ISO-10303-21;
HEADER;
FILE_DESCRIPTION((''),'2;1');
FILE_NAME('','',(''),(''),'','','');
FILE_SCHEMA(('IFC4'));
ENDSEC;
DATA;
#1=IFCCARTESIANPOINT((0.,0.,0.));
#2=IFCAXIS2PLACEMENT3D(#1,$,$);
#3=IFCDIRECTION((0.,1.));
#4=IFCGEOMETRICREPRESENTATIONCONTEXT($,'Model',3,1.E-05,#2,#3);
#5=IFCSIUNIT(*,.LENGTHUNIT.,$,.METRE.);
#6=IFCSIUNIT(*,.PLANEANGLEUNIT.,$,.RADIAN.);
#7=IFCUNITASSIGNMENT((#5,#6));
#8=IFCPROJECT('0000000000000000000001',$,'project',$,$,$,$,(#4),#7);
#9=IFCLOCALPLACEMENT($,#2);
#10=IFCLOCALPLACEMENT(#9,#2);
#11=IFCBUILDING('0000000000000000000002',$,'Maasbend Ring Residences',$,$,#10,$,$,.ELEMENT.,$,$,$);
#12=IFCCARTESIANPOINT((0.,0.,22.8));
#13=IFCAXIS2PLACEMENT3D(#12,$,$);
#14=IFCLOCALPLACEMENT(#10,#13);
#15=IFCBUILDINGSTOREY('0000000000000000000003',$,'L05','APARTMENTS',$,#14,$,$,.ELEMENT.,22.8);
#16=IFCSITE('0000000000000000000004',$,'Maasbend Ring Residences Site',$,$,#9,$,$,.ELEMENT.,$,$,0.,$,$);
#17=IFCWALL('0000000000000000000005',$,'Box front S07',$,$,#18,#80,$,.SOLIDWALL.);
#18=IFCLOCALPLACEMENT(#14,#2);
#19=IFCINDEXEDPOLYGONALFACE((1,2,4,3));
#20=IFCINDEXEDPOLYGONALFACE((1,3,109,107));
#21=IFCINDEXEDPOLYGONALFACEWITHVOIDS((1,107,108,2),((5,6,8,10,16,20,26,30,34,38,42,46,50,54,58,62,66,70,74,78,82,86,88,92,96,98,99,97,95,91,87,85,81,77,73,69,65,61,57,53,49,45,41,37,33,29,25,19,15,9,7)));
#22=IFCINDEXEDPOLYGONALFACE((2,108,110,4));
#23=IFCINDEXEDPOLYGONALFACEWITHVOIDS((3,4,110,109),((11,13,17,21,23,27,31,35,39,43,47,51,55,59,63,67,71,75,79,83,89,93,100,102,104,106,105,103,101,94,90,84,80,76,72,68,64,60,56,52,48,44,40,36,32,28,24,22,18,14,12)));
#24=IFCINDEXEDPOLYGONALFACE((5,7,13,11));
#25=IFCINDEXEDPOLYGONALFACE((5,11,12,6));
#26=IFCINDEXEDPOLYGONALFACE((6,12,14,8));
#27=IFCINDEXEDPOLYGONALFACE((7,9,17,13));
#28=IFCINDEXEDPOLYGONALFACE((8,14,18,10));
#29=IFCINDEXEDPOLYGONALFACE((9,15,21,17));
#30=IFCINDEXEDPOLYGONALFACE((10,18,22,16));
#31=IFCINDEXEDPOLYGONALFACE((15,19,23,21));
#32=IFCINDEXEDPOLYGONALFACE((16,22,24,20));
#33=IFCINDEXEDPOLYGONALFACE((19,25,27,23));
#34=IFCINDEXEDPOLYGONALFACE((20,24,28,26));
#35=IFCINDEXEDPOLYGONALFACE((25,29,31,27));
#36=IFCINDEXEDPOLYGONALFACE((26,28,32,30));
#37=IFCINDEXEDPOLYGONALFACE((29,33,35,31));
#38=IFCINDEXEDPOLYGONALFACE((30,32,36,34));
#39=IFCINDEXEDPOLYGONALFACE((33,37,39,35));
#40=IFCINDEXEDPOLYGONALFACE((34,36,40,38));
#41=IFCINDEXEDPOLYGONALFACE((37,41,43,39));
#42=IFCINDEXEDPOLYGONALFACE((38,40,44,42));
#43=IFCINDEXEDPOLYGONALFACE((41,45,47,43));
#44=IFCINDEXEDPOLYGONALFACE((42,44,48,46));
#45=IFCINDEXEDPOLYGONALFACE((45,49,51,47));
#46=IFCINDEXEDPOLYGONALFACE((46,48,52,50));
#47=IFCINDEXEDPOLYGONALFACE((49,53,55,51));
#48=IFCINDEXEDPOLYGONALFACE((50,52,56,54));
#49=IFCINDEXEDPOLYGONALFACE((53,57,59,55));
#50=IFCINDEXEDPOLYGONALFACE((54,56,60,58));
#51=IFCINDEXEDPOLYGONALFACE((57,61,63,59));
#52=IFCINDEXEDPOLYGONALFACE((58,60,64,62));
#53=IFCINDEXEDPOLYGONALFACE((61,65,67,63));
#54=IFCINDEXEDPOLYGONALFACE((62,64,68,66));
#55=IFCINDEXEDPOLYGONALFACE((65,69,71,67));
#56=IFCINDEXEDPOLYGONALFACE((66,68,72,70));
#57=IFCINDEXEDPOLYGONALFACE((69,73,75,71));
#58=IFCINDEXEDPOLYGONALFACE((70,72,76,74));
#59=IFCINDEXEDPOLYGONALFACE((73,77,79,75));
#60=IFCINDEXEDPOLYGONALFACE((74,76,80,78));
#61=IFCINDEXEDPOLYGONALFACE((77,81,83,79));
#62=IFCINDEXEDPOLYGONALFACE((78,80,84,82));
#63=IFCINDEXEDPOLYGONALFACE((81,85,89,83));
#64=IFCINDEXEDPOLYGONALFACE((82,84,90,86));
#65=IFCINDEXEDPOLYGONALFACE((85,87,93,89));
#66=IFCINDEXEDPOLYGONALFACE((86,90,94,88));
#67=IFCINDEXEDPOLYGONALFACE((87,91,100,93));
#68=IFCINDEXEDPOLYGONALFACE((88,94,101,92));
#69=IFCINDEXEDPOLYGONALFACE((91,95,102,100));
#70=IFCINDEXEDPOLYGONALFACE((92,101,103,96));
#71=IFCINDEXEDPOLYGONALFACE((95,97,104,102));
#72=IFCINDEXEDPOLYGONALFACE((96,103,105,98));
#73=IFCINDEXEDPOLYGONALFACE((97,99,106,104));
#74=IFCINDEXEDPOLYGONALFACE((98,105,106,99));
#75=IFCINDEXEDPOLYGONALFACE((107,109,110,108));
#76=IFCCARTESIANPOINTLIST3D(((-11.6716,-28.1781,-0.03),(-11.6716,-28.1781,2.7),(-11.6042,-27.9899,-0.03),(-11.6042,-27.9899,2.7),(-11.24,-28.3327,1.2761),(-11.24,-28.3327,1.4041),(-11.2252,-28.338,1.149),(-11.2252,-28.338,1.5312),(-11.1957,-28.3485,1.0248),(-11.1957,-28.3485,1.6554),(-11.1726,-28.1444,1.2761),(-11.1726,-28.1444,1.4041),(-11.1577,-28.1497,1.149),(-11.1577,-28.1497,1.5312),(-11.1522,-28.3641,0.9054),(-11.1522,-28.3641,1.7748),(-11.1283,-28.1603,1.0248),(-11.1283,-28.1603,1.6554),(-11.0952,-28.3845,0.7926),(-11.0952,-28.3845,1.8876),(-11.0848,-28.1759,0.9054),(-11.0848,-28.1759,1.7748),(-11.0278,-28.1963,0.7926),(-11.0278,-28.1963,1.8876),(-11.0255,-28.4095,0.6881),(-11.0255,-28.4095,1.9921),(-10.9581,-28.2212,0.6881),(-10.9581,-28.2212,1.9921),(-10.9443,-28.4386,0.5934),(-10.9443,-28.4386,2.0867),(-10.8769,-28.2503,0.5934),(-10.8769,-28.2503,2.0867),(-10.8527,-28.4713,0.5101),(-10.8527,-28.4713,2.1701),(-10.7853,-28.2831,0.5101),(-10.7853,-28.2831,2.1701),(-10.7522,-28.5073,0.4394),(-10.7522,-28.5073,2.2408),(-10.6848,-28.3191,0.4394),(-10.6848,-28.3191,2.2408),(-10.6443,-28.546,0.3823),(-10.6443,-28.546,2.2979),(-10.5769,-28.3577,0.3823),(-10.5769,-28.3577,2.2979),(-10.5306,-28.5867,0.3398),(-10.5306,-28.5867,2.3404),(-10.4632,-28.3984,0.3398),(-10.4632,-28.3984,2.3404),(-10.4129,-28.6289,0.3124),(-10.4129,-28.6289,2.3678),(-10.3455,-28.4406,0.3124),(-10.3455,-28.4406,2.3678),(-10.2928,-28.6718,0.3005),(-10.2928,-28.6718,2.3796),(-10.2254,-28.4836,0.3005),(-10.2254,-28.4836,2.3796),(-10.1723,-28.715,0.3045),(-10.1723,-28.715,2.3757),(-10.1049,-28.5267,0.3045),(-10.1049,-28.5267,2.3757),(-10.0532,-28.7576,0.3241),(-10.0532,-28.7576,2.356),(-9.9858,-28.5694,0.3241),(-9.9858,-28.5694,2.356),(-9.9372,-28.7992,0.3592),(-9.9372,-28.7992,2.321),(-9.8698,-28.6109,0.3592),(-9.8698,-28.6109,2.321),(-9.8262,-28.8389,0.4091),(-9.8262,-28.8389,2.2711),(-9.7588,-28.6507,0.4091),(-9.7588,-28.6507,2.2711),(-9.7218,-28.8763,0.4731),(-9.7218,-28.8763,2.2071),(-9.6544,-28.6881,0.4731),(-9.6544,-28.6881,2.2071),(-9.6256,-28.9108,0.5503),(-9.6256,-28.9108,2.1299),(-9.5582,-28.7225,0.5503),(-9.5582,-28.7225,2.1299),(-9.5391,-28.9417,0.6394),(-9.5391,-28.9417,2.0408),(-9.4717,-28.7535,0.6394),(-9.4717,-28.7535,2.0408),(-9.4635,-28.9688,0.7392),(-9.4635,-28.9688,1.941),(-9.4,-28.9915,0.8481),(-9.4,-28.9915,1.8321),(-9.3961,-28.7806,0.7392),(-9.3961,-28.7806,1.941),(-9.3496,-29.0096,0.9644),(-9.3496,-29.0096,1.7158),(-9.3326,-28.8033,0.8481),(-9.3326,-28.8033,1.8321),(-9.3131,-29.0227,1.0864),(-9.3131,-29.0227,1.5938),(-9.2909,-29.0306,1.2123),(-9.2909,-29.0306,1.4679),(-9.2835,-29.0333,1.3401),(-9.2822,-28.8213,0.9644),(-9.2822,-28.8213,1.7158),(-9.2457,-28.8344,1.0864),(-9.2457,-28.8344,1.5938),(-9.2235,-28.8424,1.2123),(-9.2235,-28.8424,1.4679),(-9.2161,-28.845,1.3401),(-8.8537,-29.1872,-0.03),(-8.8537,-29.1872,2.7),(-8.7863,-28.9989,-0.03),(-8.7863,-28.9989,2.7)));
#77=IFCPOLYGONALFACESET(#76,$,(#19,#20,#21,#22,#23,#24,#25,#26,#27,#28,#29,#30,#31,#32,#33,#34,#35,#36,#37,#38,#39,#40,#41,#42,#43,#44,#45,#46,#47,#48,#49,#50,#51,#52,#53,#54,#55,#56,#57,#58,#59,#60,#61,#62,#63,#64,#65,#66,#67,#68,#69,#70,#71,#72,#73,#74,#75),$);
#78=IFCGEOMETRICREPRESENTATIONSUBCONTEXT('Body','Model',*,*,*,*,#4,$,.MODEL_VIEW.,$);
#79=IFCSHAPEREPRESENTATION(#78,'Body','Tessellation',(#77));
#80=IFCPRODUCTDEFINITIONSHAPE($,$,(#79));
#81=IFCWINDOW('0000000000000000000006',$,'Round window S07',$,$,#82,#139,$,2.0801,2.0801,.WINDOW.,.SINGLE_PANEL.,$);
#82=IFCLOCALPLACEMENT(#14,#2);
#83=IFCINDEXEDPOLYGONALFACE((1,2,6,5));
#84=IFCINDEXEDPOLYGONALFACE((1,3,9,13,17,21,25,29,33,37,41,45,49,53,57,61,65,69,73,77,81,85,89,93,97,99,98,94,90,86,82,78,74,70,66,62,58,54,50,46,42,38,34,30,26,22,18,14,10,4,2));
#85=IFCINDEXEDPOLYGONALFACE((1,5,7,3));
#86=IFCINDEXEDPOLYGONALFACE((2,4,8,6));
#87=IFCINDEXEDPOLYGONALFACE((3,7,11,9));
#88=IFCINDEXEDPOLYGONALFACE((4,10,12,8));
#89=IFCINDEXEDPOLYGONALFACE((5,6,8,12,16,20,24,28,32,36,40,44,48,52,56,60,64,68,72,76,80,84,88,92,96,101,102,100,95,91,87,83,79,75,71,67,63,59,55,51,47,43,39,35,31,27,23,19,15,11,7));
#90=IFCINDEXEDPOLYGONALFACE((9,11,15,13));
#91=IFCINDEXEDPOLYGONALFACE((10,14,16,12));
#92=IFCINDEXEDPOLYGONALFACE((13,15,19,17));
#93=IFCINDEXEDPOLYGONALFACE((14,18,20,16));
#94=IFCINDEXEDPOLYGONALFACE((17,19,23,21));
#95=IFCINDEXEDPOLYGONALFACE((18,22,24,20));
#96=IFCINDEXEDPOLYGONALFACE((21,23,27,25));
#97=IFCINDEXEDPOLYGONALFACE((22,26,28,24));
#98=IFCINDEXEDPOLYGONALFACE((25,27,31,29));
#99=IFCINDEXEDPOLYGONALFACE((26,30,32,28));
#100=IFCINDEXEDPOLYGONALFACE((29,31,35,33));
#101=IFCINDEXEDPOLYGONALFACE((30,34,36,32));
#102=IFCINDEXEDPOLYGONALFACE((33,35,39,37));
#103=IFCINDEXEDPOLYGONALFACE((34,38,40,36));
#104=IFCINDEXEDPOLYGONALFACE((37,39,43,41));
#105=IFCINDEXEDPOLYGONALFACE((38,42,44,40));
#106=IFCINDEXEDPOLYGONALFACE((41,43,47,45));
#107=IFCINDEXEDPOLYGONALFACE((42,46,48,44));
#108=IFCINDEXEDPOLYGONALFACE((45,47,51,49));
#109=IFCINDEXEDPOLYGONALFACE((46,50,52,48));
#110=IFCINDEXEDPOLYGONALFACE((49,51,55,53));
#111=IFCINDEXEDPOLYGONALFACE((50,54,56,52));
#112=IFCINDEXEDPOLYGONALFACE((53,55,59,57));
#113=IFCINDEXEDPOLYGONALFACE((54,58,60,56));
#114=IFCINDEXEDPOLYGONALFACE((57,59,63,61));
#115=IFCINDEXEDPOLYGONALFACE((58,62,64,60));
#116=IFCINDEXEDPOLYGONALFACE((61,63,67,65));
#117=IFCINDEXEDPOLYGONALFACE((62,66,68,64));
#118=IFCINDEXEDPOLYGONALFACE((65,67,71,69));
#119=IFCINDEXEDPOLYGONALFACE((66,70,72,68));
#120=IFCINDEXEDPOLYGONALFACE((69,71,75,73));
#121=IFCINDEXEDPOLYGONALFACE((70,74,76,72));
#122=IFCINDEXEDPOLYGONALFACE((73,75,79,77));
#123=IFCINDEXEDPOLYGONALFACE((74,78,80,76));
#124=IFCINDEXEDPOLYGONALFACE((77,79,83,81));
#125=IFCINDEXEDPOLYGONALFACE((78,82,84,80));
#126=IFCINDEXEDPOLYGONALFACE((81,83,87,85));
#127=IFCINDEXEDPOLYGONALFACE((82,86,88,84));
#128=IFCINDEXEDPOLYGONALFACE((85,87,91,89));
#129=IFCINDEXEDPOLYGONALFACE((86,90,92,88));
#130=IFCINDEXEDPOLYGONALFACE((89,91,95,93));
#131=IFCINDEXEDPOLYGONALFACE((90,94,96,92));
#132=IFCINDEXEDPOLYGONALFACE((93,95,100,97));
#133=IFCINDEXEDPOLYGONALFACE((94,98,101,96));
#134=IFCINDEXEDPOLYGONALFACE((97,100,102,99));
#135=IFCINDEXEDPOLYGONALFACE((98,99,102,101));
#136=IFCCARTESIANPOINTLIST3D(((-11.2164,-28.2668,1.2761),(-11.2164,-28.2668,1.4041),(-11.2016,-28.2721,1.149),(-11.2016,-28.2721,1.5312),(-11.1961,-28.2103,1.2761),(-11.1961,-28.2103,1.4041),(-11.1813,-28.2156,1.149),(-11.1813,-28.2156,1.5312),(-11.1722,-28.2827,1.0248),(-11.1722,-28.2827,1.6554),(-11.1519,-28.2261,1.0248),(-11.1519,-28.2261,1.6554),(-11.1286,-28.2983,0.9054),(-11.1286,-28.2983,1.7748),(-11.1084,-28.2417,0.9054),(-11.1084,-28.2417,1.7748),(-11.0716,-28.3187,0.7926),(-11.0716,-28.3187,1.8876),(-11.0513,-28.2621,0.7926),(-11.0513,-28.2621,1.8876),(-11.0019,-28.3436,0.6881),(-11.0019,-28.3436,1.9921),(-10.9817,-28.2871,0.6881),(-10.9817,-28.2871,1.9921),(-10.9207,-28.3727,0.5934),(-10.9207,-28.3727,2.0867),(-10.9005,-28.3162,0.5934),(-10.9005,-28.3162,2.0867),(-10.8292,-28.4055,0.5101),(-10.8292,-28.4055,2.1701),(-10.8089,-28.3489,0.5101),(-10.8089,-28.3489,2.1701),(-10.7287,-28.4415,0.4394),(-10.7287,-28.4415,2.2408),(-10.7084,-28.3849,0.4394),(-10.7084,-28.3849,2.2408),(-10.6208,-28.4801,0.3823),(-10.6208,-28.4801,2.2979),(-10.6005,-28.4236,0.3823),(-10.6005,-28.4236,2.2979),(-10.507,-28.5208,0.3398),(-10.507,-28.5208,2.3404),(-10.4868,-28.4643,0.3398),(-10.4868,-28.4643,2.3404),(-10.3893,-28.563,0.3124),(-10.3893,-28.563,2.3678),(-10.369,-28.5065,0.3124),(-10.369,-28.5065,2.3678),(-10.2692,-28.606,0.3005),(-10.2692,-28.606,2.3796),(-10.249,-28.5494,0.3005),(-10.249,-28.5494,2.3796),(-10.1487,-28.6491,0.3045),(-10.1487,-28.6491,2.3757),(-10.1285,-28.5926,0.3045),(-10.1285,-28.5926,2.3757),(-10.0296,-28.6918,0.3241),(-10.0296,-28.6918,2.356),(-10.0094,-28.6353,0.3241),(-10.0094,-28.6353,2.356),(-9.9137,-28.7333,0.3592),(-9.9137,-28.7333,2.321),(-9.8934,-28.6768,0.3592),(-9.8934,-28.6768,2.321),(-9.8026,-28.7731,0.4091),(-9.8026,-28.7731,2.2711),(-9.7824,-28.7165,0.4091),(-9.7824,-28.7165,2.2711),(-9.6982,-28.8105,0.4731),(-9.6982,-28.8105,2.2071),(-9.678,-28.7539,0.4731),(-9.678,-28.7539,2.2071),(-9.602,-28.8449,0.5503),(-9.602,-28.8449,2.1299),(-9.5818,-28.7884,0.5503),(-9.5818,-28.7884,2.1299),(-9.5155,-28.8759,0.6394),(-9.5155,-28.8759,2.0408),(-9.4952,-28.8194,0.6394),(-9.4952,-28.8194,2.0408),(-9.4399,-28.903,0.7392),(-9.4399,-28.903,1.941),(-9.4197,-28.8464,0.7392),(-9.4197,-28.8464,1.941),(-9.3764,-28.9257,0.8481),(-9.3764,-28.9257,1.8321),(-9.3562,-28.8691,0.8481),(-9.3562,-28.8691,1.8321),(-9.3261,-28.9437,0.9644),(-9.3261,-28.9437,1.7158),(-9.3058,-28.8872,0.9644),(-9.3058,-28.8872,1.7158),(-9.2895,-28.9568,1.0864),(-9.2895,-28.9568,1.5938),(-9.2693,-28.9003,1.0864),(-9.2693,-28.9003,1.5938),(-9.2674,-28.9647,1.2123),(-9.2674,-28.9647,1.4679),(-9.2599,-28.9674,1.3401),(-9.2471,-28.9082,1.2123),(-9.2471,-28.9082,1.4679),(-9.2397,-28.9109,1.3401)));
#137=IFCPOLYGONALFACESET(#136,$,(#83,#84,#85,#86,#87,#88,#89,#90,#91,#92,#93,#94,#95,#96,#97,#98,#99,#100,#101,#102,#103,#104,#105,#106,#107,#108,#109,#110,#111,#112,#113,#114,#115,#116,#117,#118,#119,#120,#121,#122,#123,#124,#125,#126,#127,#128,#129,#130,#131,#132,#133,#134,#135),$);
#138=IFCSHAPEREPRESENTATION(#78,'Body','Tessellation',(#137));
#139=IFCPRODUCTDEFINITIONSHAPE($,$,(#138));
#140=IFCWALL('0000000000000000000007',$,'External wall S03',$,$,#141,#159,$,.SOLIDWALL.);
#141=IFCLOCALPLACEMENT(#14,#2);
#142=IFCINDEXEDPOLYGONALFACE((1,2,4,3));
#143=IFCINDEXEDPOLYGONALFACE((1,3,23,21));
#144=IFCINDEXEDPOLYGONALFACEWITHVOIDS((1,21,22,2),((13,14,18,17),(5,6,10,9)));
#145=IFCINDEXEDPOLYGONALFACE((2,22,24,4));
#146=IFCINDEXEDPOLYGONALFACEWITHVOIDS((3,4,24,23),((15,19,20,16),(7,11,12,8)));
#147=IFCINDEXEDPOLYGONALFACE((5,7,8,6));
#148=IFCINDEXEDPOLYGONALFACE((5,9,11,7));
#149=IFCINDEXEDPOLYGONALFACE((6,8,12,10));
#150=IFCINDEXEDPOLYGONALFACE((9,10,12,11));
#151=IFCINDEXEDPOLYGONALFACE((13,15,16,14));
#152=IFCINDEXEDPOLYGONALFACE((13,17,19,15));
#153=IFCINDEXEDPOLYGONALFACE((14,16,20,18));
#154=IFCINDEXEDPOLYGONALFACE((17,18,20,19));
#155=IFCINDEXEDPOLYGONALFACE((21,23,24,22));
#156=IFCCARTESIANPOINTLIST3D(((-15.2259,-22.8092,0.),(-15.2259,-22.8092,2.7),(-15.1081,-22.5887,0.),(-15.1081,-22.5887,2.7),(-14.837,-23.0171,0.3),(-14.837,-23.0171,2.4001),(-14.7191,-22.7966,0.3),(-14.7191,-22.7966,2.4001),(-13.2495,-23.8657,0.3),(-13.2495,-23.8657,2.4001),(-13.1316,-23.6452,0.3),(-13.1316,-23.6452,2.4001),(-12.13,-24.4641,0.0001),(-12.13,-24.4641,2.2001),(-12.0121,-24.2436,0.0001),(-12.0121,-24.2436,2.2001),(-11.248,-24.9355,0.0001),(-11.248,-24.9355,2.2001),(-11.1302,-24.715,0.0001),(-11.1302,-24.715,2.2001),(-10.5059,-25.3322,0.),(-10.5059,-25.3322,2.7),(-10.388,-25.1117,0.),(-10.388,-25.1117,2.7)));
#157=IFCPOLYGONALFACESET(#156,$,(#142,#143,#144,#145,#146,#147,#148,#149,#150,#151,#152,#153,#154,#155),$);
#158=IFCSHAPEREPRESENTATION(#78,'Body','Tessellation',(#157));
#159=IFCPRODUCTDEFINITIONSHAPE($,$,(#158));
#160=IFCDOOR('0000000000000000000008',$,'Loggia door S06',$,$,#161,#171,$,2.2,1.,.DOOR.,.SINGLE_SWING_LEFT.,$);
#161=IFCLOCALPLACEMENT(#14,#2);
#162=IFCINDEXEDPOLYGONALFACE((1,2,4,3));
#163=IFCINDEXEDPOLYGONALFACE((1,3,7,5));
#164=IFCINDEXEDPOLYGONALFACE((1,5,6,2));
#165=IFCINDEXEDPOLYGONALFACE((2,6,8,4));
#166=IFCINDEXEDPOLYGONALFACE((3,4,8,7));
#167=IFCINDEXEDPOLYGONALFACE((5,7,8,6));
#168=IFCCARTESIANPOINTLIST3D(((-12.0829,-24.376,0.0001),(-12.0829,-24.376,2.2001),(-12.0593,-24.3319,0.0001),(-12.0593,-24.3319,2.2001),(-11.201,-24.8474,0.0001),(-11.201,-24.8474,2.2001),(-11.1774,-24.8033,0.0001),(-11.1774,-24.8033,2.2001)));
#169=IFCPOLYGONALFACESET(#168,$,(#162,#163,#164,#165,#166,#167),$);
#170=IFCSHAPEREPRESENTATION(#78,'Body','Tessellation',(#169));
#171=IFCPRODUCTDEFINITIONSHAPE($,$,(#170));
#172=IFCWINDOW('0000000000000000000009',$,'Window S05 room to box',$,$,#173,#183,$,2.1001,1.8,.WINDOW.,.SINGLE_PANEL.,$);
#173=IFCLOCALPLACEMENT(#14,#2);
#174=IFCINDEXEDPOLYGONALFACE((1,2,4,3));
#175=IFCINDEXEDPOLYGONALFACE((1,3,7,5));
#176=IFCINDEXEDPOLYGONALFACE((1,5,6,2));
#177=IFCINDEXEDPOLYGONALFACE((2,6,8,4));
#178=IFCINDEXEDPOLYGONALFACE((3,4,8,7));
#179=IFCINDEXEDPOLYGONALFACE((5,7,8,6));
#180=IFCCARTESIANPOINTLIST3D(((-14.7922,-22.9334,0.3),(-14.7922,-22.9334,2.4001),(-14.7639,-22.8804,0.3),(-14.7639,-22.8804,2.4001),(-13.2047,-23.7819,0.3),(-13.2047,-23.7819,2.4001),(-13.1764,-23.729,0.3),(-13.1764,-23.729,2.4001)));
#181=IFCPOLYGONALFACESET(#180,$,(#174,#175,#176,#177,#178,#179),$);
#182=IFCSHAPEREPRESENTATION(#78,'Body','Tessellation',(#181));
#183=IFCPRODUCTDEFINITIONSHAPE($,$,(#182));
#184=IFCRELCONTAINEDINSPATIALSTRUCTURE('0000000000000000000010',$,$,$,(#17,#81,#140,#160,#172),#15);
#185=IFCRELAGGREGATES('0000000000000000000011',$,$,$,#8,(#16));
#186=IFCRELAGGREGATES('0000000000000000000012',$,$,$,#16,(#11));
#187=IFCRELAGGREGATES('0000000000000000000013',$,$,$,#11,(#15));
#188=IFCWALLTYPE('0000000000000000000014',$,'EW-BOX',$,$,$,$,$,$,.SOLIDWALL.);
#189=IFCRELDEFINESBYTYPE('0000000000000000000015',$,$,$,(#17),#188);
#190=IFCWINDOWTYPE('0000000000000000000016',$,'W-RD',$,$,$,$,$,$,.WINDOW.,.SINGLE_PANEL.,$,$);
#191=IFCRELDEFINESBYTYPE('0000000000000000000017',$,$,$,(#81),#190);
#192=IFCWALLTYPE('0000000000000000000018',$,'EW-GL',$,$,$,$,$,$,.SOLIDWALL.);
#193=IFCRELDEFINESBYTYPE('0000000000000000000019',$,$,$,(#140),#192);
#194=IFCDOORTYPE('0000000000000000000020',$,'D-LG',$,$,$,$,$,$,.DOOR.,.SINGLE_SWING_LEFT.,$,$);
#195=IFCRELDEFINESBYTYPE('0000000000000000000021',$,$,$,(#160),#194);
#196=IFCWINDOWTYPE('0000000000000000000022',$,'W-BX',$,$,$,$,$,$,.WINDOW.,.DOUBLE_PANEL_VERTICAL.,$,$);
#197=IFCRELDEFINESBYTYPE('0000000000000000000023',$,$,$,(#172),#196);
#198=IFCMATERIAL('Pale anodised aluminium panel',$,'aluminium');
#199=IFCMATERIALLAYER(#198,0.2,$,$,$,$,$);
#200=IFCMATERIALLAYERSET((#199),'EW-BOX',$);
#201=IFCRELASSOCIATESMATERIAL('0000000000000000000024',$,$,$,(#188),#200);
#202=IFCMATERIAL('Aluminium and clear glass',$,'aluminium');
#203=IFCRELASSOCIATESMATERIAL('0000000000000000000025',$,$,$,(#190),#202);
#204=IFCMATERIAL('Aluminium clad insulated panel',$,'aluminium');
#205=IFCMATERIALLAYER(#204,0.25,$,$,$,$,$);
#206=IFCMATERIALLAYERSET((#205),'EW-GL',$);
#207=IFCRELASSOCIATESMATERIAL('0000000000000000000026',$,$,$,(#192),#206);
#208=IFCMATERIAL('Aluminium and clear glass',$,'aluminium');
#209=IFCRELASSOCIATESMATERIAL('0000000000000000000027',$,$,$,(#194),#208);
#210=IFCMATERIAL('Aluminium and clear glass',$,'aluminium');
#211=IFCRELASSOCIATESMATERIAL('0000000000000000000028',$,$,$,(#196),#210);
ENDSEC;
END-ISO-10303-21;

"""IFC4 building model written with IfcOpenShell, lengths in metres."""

from ifc_helpers import new_model, si_unit, direction, frame, frame_2d, origin, place, context, subcontext, project, spatial, rectangle, circle, extrude, material, layer, layer_set, type_object, element, fill, save


model = new_model("IFC4")

# Units and contexts
model_context = context("Model", 3, precision=1e-05, world=origin(), true_north=direction((0.0, 1.0)))
body_context = subcontext(model_context, "Body", "Model", "MODEL_VIEW")
ifc_project = project(units=[si_unit("LENGTHUNIT", "METRE"), si_unit("PLANEANGLEUNIT", "RADIAN")], contexts=[model_context])

# Site, building, storey
site_placement = place(None, origin())
site = spatial("IfcSite", under=ifc_project, at=site_placement, Name="Maasbend Ring Residences Site", CompositionType="ELEMENT", RefElevation=0.0)
building_placement = place(site_placement, origin())
building = spatial("IfcBuilding", under=site, at=building_placement, Name="Maasbend Ring Residences", CompositionType="ELEMENT")
storey_placement = place(building_placement, frame((0.0, 0.0, 22.8)))
storey = spatial("IfcBuildingStorey", under=building, at=storey_placement, Name="L05", Description="APARTMENTS", CompositionType="ELEMENT", Elevation=22.8)

# Shared definitions
ifc_material_1 = material(Name="Pale anodised aluminium panel", Category="aluminium")
ifc_layer_1 = layer(ifc_material_1, 0.2)
ifc_layer_set_1 = layer_set([ifc_layer_1], Name="EW-BOX")
wall_type_1 = type_object("IfcWallType", Name="EW-BOX", PredefinedType="SOLIDWALL", material=ifc_layer_set_1)
ifc_material_2 = material(Name="Aluminium and clear glass", Category="aluminium")
window_type_1 = type_object("IfcWindowType", Name="W-RD", PartitioningType="SINGLE_PANEL", PredefinedType="WINDOW", material=ifc_material_2)

# Wall, opening, window
wall_1_placement = place(storey_placement, frame((-11.6379, -28.084, -0.03), z_axis=(0.0, 0.0, 1.0), x_axis=(0.941461, -0.337122, 0.0)))
wall_1 = element("IfcWall", 1, at=wall_1_placement, inside=storey, type_object=wall_type_1, Name="Box front S07", PredefinedType="SOLIDWALL", context=body_context, shape_type="SweptSolid", body=[
    extrude(rectangle(XDim=2.9932, YDim=0.2, at=frame_2d((1.4966, 0.0))), origin(), (0.0, 0.0, 1.0), 2.73),
])
opening_1_placement = place(wall_1_placement, frame((0.4565, 0.0, 0.3301)))
opening_1 = element("IfcOpeningElement", 2, at=opening_1_placement, cuts=wall_1, PredefinedType="OPENING", context=body_context, shape_type="SweptSolid", body=[
    extrude(circle(Radius=1.04, at=frame_2d((1.04, 1.04))), frame((0.0, 0.1099, 0.0), z_axis=(0.0, -1.0, 0.0), x_axis=(1.0, 0.0, 0.0)), (0.0, 0.0, 1.0), 0.22),
])
window_1_placement = place(opening_1_placement, origin())
window_1 = element("IfcWindow", 3, at=window_1_placement, inside=storey, type_object=window_type_1, Name="Round window S07", OverallHeight=2.0801, OverallWidth=2.0801, PartitioningType="SINGLE_PANEL", PredefinedType="WINDOW", context=body_context, shape_type="SweptSolid", body=[
    extrude(circle(Radius=1.04, at=frame_2d((1.04, 1.04))), frame((0.0, 0.03, 0.0), z_axis=(0.0, -1.0, 0.0), x_axis=(1.0, 0.0, 0.0)), (0.0, 0.0, 1.0), 0.0601),
])
fill(opening_1, window_1)

# Wall, openings, door, window
ifc_material_3 = material(Name="Aluminium clad insulated panel", Category="aluminium")
ifc_layer_2 = layer(ifc_material_3, 0.25)
ifc_layer_set_2 = layer_set([ifc_layer_2], Name="EW-GL")
wall_type_2 = type_object("IfcWallType", Name="EW-GL", PredefinedType="SOLIDWALL", material=ifc_layer_set_2)
wall_2_placement = place(storey_placement, frame((-15.167, -22.699, 0.0), z_axis=(0.0, 0.0, 1.0), x_axis=(0.881916, -0.471407, 0.0)))
wall_2 = element("IfcWall", 4, at=wall_2_placement, inside=storey, type_object=wall_type_2, Name="External wall S03", PredefinedType="SOLIDWALL", context=body_context, shape_type="SweptSolid", body=[
    extrude(rectangle(XDim=5.3521, YDim=0.25, at=frame_2d((2.676, 0.0))), origin(), (0.0, 0.0, 1.0), 2.7),
])
opening_2_placement = place(wall_2_placement, frame((0.4412, 0.0, 0.3)))
opening_2 = element("IfcOpeningElement", 5, at=opening_2_placement, cuts=wall_2, PredefinedType="OPENING", context=body_context, shape_type="SweptSolid", body=[
    extrude(rectangle(XDim=1.8, YDim=2.1001, at=frame_2d((0.8999, 1.05))), frame((0.0, 0.135, 0.0), z_axis=(0.0, -1.0, 0.0), x_axis=(1.0, 0.0, 0.0)), (0.0, 0.0, 1.0), 0.27),
])
opening_3_placement = place(wall_2_placement, frame((3.5105, 0.0, 0.0)))
opening_3 = element("IfcOpeningElement", 6, at=opening_3_placement, cuts=wall_2, PredefinedType="OPENING", context=body_context, shape_type="SweptSolid", body=[
    extrude(rectangle(XDim=1.0, YDim=2.2, at=frame_2d((0.5, 1.1001))), frame((0.0, 0.135, 0.0), z_axis=(0.0, -1.0, 0.0), x_axis=(1.0, 0.0, 0.0)), (0.0, 0.0, 1.0), 0.27),
])
ifc_material_4 = material(Name="Aluminium and clear glass", Category="aluminium")
door_type_1 = type_object("IfcDoorType", Name="D-LG", OperationType="SINGLE_SWING_LEFT", PredefinedType="DOOR", material=ifc_material_4)
door_1_placement = place(opening_3_placement, origin())
door_1 = element("IfcDoor", 7, at=door_1_placement, inside=storey, type_object=door_type_1, Name="Loggia door S06", OperationType="SINGLE_SWING_LEFT", OverallHeight=2.2, OverallWidth=1.0, PredefinedType="DOOR", context=body_context, shape_type="SweptSolid", body=[
    extrude(rectangle(XDim=1.0, YDim=2.2, at=frame_2d((0.5, 1.1001))), frame((0.0, 0.0249, 0.0), z_axis=(0.0, -1.0, 0.0), x_axis=(1.0, 0.0, 0.0)), (0.0, 0.0, 1.0), 0.05),
])
fill(opening_3, door_1)
ifc_material_5 = material(Name="Aluminium and clear glass", Category="aluminium")
window_type_2 = type_object("IfcWindowType", Name="W-BX", PartitioningType="DOUBLE_PANEL_VERTICAL", PredefinedType="WINDOW", material=ifc_material_5)
window_2_placement = place(opening_2_placement, origin())
window_2 = element("IfcWindow", 8, at=window_2_placement, inside=storey, type_object=window_type_2, Name="Window S05 room to box", OverallHeight=2.1001, OverallWidth=1.8, PartitioningType="SINGLE_PANEL", PredefinedType="WINDOW", context=body_context, shape_type="SweptSolid", body=[
    extrude(rectangle(XDim=1.8, YDim=2.1001, at=frame_2d((0.8999, 1.05))), frame((0.0, 0.03, 0.0), z_axis=(0.0, -1.0, 0.0), x_axis=(1.0, 0.0, 0.0)), (0.0, 0.0, 1.0), 0.0601),
])
fill(opening_2, window_2)

save(model, "model.ifc")
